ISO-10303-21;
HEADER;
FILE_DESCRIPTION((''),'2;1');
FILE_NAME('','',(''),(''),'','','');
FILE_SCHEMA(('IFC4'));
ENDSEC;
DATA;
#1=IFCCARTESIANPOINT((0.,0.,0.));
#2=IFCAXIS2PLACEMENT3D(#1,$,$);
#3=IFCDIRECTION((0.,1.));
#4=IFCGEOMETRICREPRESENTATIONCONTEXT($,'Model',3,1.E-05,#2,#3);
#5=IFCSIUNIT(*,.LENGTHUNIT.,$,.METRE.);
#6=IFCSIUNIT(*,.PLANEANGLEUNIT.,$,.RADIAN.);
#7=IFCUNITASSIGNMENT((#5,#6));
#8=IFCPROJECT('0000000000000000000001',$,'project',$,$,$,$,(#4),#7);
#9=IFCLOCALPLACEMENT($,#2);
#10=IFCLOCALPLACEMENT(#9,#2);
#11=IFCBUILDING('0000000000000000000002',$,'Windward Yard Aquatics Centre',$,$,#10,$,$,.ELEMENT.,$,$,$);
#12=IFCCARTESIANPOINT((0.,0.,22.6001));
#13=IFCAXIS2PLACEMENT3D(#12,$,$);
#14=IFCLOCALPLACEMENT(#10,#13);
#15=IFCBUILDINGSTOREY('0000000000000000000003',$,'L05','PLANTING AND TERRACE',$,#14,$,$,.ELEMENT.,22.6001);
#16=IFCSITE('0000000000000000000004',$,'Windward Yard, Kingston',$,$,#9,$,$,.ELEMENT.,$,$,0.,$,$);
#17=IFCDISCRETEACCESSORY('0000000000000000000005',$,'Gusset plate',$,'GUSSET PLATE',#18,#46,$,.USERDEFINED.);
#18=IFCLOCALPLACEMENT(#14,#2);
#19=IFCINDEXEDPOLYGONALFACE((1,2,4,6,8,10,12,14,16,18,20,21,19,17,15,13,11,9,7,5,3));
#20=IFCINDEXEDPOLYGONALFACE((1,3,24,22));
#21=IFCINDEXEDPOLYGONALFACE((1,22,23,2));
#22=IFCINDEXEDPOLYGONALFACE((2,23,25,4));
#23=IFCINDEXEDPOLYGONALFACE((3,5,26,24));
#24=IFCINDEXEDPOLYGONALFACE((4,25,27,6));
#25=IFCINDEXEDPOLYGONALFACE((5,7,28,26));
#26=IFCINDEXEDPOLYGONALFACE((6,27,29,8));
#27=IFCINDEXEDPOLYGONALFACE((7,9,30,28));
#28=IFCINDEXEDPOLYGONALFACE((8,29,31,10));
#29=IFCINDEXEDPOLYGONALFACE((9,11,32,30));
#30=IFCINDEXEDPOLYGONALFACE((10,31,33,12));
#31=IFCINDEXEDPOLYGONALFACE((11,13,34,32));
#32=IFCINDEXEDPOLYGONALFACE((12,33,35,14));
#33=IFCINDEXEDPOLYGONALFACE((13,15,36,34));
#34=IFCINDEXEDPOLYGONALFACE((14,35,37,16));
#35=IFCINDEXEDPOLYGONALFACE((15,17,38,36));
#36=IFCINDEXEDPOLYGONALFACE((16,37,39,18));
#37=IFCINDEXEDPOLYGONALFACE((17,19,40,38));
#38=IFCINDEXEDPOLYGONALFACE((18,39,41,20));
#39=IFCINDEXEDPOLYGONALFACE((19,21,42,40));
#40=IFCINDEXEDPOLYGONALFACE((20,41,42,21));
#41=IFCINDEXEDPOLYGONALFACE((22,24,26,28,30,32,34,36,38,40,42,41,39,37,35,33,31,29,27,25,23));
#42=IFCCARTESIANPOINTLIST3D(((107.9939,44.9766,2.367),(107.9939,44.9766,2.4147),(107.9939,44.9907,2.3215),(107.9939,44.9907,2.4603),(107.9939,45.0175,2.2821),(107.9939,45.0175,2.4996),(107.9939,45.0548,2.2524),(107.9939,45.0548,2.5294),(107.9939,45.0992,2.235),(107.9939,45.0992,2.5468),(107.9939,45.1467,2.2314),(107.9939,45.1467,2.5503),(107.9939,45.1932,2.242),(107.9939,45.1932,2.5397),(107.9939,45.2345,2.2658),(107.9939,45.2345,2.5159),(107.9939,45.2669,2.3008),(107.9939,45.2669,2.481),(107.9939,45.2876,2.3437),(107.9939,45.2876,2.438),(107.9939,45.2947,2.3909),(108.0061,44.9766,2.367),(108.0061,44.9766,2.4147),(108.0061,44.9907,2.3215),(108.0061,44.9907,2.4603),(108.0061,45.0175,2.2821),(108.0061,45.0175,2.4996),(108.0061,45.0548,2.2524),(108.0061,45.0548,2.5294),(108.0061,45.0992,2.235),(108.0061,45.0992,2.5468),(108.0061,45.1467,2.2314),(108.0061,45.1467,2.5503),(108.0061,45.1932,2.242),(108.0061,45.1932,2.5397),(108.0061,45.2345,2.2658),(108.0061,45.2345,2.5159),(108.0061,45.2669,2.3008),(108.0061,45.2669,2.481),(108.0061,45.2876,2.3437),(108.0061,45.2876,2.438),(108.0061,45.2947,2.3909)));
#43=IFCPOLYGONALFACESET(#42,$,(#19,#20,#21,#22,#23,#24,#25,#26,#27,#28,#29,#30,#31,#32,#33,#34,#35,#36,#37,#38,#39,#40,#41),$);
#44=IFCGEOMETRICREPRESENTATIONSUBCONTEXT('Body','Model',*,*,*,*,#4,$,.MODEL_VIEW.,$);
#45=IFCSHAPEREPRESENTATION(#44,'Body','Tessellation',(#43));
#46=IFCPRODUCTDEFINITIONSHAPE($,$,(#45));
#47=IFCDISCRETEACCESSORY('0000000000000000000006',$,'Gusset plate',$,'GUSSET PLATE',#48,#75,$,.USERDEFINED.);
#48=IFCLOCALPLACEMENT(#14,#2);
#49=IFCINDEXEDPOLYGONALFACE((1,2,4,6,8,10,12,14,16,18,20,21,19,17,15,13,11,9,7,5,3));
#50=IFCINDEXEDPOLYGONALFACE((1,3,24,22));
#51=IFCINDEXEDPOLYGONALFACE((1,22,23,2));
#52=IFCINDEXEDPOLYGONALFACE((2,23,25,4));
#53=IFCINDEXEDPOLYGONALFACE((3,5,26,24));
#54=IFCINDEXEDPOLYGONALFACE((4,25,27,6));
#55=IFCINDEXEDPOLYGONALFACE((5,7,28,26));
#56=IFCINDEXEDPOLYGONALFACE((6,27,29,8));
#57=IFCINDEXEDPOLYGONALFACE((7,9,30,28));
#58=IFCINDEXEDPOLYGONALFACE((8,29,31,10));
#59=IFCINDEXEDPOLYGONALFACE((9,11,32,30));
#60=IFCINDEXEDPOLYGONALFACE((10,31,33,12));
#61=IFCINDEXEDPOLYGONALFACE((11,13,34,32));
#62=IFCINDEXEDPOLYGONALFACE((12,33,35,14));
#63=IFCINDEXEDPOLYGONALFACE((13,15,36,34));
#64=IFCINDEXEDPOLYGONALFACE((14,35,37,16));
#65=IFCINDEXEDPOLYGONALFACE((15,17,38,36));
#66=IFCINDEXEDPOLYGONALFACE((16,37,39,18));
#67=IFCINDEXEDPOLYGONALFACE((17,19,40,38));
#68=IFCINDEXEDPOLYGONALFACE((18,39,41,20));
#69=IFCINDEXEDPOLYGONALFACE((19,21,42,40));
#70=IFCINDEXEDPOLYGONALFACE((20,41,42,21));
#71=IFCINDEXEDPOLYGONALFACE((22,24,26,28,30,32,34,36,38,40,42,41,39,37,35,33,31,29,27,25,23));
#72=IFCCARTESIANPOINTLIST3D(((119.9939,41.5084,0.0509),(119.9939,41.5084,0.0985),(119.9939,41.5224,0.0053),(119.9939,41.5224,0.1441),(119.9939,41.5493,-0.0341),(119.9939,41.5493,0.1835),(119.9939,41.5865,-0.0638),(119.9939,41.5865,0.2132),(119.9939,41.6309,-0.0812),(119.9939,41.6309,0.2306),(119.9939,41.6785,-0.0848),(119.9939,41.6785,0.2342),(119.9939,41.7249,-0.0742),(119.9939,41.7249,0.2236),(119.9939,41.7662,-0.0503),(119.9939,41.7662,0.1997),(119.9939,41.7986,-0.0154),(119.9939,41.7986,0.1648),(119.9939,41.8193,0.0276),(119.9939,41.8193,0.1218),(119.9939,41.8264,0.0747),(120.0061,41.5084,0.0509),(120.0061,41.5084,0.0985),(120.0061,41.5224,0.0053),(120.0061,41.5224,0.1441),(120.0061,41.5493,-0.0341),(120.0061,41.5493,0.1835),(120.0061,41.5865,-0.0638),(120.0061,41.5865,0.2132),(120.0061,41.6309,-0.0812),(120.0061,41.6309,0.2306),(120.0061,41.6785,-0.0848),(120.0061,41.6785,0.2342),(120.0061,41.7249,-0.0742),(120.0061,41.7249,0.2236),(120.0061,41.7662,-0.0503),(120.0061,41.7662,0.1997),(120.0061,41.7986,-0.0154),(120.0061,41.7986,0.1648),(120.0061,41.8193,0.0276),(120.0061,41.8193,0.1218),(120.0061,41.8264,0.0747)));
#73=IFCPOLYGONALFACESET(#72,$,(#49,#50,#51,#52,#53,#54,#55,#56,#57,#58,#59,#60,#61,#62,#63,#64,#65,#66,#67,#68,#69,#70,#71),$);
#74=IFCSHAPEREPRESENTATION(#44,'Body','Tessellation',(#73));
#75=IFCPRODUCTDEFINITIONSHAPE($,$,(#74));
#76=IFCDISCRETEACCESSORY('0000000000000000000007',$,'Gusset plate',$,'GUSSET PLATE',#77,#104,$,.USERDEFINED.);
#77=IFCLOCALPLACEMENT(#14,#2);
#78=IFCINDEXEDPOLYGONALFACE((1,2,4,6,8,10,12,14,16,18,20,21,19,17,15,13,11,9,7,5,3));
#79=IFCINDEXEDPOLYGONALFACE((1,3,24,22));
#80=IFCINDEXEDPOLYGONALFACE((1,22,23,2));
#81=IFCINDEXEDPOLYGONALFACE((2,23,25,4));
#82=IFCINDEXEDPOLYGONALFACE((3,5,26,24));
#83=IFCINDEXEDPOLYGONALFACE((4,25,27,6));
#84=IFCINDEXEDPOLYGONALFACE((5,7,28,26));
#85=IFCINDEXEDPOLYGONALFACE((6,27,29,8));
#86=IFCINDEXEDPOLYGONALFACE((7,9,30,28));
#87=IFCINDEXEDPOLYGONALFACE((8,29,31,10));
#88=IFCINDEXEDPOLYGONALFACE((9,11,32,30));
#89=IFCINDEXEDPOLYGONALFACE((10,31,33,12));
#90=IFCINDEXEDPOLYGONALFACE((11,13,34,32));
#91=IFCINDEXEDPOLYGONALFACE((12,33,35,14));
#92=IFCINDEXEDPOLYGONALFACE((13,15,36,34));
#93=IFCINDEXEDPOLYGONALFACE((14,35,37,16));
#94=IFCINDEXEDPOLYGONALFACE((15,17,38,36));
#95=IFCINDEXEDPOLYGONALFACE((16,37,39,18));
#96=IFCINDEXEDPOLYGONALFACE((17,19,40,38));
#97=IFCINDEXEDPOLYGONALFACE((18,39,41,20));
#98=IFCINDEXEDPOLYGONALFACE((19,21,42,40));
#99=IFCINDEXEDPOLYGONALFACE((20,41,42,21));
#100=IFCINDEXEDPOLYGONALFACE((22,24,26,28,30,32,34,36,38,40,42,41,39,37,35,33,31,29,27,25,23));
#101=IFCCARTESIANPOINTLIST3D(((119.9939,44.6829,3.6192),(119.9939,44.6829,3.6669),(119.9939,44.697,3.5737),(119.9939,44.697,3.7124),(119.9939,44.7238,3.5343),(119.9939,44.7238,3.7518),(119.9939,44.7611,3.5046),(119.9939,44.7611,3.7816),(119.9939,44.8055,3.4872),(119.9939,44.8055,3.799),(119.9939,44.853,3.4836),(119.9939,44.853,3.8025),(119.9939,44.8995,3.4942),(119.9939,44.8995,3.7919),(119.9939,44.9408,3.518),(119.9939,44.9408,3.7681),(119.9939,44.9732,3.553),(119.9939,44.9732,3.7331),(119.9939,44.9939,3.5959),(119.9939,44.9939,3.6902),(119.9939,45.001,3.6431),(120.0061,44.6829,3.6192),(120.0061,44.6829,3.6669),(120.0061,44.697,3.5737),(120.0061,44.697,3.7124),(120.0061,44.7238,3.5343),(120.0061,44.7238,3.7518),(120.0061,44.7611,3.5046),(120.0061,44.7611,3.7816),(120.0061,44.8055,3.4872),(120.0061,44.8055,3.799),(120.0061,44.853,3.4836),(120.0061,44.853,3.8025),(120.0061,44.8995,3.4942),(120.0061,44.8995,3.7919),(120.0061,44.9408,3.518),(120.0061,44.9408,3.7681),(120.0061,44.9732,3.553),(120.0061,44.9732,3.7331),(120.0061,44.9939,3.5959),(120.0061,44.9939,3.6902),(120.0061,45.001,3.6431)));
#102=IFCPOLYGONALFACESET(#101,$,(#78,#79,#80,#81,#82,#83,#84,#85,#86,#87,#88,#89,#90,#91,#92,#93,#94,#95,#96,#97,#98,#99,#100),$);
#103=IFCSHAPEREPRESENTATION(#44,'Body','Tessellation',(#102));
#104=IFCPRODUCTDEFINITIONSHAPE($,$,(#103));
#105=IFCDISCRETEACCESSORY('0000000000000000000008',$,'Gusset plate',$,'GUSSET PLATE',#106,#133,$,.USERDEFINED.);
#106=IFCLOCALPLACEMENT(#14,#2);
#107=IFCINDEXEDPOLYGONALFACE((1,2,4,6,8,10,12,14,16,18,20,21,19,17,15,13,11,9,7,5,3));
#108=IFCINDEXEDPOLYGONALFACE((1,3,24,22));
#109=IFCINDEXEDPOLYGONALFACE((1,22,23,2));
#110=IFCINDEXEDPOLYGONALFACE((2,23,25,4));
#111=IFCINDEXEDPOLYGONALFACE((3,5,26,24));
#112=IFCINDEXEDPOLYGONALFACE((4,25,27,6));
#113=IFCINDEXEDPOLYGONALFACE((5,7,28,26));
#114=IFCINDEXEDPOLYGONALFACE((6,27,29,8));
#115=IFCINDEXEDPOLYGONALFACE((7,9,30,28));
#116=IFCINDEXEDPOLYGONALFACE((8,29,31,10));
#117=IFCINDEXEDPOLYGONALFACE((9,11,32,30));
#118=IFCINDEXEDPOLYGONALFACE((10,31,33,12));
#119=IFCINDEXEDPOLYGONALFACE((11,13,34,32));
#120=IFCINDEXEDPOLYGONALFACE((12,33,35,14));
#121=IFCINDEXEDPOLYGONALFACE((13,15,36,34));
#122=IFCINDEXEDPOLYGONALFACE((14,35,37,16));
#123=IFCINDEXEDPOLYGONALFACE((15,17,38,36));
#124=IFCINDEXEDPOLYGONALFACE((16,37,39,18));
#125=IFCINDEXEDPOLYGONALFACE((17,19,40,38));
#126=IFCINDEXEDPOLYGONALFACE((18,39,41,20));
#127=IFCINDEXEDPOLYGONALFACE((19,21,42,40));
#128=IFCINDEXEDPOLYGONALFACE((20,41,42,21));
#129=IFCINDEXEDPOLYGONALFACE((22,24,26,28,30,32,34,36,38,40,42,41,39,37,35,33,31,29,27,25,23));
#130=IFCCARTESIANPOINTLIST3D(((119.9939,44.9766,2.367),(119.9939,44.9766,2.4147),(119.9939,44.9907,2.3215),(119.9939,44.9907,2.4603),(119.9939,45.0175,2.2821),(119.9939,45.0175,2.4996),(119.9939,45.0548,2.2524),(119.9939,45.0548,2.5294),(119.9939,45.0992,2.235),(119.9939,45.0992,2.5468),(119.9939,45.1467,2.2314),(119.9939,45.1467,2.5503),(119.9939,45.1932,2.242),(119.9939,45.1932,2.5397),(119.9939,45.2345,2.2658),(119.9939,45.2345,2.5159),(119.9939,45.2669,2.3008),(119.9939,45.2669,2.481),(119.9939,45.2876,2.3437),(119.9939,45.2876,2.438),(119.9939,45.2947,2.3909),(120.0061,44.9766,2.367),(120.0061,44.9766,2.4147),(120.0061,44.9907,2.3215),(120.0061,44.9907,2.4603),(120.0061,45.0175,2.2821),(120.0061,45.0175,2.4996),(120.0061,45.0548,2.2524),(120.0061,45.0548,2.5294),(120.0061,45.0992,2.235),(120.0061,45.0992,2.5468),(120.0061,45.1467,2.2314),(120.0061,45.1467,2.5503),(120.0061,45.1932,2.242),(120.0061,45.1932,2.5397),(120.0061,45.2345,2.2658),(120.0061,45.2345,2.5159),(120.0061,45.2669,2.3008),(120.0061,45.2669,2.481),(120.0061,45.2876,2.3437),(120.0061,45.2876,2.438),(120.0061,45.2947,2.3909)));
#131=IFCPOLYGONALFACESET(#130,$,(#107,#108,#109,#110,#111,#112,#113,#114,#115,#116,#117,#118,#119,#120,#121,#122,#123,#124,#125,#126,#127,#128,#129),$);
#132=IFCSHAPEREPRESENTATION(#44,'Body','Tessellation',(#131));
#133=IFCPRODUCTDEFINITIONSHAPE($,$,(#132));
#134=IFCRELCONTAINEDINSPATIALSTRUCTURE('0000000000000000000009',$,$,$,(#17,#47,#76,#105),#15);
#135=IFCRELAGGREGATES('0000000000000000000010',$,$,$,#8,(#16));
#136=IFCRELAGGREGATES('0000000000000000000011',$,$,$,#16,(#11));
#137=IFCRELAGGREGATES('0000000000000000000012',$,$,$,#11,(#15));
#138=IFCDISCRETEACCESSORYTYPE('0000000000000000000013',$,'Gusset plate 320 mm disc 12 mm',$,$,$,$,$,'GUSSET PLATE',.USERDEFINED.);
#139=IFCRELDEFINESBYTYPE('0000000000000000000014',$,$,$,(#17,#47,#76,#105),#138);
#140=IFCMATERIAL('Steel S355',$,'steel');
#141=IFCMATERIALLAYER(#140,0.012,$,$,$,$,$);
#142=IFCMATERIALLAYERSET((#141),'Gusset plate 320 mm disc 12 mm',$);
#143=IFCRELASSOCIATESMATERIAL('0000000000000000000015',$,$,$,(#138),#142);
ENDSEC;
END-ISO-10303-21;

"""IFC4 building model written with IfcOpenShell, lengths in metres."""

from ifc_helpers import new_model, si_unit, direction, frame, origin, origin_2d, place, context, subcontext, project, spatial, circle, extrude, material, layer, layer_set, type_object, element, save


model = new_model("IFC4")

# Units and contexts
model_context = context("Model", 3, precision=1e-05, world=origin(), true_north=direction((0.0, 1.0)))
body_context = subcontext(model_context, "Body", "Model", "MODEL_VIEW")
ifc_project = project(units=[si_unit("LENGTHUNIT", "METRE"), si_unit("PLANEANGLEUNIT", "RADIAN")], contexts=[model_context])

# Site, building, storey
site_placement = place(None, origin())
site = spatial("IfcSite", under=ifc_project, at=site_placement, Name="Windward Yard, Kingston", CompositionType="ELEMENT", RefElevation=0.0)
building_placement = place(site_placement, origin())
building = spatial("IfcBuilding", under=site, at=building_placement, Name="Windward Yard Aquatics Centre", CompositionType="ELEMENT")
storey_placement = place(building_placement, frame((0.0, 0.0, 22.6001)))
storey = spatial("IfcBuildingStorey", under=building, at=storey_placement, Name="L05", Description="PLANTING AND TERRACE", CompositionType="ELEMENT", Elevation=22.6001)

# Discrete accessories
ifc_material_1 = material(Name="Steel S355", Category="steel")
ifc_layer_1 = layer(ifc_material_1, 0.012)
ifc_layer_set_1 = layer_set([ifc_layer_1], Name="Gusset plate 320 mm disc 12 mm")
discrete_accessory_type = type_object("IfcDiscreteAccessoryType", Name="Gusset plate 320 mm disc 12 mm", ElementType="GUSSET PLATE", PredefinedType="USERDEFINED", material=ifc_layer_set_1)
for number, where, z_axis, x_axis, name in (
    (1, (107.9939, 45.1348, 2.3909), (1.0, 0.0, 0.0), (0.0, 1.0, 0.0), "Gusset plate"),
    (2, (119.9939, 41.6665, 0.0747), (1.0, 0.0, 0.0), (0.0, 1.0, 0.0), "Gusset plate"),
    (3, (119.9939, 44.8411, 3.6431), (1.0, 0.0, 0.0), (0.0, 1.0, 0.0), "Gusset plate"),
    (4, (119.9939, 45.1348, 2.3909), (1.0, 0.0, 0.0), (0.0, 1.0, 0.0), "Gusset plate"),
):
    element("IfcDiscreteAccessory", number, at=place(storey_placement, frame(where, z_axis=z_axis, x_axis=x_axis)), inside=storey, type_object=discrete_accessory_type, Name=name, ObjectType="GUSSET PLATE", PredefinedType="USERDEFINED", context=body_context, shape_type="SweptSolid", body=[
        extrude(circle(Radius=0.1599, at=origin_2d()), origin(), (0.0, 0.0, 1.0), 0.0122),
    ])

save(model, "model.ifc")
